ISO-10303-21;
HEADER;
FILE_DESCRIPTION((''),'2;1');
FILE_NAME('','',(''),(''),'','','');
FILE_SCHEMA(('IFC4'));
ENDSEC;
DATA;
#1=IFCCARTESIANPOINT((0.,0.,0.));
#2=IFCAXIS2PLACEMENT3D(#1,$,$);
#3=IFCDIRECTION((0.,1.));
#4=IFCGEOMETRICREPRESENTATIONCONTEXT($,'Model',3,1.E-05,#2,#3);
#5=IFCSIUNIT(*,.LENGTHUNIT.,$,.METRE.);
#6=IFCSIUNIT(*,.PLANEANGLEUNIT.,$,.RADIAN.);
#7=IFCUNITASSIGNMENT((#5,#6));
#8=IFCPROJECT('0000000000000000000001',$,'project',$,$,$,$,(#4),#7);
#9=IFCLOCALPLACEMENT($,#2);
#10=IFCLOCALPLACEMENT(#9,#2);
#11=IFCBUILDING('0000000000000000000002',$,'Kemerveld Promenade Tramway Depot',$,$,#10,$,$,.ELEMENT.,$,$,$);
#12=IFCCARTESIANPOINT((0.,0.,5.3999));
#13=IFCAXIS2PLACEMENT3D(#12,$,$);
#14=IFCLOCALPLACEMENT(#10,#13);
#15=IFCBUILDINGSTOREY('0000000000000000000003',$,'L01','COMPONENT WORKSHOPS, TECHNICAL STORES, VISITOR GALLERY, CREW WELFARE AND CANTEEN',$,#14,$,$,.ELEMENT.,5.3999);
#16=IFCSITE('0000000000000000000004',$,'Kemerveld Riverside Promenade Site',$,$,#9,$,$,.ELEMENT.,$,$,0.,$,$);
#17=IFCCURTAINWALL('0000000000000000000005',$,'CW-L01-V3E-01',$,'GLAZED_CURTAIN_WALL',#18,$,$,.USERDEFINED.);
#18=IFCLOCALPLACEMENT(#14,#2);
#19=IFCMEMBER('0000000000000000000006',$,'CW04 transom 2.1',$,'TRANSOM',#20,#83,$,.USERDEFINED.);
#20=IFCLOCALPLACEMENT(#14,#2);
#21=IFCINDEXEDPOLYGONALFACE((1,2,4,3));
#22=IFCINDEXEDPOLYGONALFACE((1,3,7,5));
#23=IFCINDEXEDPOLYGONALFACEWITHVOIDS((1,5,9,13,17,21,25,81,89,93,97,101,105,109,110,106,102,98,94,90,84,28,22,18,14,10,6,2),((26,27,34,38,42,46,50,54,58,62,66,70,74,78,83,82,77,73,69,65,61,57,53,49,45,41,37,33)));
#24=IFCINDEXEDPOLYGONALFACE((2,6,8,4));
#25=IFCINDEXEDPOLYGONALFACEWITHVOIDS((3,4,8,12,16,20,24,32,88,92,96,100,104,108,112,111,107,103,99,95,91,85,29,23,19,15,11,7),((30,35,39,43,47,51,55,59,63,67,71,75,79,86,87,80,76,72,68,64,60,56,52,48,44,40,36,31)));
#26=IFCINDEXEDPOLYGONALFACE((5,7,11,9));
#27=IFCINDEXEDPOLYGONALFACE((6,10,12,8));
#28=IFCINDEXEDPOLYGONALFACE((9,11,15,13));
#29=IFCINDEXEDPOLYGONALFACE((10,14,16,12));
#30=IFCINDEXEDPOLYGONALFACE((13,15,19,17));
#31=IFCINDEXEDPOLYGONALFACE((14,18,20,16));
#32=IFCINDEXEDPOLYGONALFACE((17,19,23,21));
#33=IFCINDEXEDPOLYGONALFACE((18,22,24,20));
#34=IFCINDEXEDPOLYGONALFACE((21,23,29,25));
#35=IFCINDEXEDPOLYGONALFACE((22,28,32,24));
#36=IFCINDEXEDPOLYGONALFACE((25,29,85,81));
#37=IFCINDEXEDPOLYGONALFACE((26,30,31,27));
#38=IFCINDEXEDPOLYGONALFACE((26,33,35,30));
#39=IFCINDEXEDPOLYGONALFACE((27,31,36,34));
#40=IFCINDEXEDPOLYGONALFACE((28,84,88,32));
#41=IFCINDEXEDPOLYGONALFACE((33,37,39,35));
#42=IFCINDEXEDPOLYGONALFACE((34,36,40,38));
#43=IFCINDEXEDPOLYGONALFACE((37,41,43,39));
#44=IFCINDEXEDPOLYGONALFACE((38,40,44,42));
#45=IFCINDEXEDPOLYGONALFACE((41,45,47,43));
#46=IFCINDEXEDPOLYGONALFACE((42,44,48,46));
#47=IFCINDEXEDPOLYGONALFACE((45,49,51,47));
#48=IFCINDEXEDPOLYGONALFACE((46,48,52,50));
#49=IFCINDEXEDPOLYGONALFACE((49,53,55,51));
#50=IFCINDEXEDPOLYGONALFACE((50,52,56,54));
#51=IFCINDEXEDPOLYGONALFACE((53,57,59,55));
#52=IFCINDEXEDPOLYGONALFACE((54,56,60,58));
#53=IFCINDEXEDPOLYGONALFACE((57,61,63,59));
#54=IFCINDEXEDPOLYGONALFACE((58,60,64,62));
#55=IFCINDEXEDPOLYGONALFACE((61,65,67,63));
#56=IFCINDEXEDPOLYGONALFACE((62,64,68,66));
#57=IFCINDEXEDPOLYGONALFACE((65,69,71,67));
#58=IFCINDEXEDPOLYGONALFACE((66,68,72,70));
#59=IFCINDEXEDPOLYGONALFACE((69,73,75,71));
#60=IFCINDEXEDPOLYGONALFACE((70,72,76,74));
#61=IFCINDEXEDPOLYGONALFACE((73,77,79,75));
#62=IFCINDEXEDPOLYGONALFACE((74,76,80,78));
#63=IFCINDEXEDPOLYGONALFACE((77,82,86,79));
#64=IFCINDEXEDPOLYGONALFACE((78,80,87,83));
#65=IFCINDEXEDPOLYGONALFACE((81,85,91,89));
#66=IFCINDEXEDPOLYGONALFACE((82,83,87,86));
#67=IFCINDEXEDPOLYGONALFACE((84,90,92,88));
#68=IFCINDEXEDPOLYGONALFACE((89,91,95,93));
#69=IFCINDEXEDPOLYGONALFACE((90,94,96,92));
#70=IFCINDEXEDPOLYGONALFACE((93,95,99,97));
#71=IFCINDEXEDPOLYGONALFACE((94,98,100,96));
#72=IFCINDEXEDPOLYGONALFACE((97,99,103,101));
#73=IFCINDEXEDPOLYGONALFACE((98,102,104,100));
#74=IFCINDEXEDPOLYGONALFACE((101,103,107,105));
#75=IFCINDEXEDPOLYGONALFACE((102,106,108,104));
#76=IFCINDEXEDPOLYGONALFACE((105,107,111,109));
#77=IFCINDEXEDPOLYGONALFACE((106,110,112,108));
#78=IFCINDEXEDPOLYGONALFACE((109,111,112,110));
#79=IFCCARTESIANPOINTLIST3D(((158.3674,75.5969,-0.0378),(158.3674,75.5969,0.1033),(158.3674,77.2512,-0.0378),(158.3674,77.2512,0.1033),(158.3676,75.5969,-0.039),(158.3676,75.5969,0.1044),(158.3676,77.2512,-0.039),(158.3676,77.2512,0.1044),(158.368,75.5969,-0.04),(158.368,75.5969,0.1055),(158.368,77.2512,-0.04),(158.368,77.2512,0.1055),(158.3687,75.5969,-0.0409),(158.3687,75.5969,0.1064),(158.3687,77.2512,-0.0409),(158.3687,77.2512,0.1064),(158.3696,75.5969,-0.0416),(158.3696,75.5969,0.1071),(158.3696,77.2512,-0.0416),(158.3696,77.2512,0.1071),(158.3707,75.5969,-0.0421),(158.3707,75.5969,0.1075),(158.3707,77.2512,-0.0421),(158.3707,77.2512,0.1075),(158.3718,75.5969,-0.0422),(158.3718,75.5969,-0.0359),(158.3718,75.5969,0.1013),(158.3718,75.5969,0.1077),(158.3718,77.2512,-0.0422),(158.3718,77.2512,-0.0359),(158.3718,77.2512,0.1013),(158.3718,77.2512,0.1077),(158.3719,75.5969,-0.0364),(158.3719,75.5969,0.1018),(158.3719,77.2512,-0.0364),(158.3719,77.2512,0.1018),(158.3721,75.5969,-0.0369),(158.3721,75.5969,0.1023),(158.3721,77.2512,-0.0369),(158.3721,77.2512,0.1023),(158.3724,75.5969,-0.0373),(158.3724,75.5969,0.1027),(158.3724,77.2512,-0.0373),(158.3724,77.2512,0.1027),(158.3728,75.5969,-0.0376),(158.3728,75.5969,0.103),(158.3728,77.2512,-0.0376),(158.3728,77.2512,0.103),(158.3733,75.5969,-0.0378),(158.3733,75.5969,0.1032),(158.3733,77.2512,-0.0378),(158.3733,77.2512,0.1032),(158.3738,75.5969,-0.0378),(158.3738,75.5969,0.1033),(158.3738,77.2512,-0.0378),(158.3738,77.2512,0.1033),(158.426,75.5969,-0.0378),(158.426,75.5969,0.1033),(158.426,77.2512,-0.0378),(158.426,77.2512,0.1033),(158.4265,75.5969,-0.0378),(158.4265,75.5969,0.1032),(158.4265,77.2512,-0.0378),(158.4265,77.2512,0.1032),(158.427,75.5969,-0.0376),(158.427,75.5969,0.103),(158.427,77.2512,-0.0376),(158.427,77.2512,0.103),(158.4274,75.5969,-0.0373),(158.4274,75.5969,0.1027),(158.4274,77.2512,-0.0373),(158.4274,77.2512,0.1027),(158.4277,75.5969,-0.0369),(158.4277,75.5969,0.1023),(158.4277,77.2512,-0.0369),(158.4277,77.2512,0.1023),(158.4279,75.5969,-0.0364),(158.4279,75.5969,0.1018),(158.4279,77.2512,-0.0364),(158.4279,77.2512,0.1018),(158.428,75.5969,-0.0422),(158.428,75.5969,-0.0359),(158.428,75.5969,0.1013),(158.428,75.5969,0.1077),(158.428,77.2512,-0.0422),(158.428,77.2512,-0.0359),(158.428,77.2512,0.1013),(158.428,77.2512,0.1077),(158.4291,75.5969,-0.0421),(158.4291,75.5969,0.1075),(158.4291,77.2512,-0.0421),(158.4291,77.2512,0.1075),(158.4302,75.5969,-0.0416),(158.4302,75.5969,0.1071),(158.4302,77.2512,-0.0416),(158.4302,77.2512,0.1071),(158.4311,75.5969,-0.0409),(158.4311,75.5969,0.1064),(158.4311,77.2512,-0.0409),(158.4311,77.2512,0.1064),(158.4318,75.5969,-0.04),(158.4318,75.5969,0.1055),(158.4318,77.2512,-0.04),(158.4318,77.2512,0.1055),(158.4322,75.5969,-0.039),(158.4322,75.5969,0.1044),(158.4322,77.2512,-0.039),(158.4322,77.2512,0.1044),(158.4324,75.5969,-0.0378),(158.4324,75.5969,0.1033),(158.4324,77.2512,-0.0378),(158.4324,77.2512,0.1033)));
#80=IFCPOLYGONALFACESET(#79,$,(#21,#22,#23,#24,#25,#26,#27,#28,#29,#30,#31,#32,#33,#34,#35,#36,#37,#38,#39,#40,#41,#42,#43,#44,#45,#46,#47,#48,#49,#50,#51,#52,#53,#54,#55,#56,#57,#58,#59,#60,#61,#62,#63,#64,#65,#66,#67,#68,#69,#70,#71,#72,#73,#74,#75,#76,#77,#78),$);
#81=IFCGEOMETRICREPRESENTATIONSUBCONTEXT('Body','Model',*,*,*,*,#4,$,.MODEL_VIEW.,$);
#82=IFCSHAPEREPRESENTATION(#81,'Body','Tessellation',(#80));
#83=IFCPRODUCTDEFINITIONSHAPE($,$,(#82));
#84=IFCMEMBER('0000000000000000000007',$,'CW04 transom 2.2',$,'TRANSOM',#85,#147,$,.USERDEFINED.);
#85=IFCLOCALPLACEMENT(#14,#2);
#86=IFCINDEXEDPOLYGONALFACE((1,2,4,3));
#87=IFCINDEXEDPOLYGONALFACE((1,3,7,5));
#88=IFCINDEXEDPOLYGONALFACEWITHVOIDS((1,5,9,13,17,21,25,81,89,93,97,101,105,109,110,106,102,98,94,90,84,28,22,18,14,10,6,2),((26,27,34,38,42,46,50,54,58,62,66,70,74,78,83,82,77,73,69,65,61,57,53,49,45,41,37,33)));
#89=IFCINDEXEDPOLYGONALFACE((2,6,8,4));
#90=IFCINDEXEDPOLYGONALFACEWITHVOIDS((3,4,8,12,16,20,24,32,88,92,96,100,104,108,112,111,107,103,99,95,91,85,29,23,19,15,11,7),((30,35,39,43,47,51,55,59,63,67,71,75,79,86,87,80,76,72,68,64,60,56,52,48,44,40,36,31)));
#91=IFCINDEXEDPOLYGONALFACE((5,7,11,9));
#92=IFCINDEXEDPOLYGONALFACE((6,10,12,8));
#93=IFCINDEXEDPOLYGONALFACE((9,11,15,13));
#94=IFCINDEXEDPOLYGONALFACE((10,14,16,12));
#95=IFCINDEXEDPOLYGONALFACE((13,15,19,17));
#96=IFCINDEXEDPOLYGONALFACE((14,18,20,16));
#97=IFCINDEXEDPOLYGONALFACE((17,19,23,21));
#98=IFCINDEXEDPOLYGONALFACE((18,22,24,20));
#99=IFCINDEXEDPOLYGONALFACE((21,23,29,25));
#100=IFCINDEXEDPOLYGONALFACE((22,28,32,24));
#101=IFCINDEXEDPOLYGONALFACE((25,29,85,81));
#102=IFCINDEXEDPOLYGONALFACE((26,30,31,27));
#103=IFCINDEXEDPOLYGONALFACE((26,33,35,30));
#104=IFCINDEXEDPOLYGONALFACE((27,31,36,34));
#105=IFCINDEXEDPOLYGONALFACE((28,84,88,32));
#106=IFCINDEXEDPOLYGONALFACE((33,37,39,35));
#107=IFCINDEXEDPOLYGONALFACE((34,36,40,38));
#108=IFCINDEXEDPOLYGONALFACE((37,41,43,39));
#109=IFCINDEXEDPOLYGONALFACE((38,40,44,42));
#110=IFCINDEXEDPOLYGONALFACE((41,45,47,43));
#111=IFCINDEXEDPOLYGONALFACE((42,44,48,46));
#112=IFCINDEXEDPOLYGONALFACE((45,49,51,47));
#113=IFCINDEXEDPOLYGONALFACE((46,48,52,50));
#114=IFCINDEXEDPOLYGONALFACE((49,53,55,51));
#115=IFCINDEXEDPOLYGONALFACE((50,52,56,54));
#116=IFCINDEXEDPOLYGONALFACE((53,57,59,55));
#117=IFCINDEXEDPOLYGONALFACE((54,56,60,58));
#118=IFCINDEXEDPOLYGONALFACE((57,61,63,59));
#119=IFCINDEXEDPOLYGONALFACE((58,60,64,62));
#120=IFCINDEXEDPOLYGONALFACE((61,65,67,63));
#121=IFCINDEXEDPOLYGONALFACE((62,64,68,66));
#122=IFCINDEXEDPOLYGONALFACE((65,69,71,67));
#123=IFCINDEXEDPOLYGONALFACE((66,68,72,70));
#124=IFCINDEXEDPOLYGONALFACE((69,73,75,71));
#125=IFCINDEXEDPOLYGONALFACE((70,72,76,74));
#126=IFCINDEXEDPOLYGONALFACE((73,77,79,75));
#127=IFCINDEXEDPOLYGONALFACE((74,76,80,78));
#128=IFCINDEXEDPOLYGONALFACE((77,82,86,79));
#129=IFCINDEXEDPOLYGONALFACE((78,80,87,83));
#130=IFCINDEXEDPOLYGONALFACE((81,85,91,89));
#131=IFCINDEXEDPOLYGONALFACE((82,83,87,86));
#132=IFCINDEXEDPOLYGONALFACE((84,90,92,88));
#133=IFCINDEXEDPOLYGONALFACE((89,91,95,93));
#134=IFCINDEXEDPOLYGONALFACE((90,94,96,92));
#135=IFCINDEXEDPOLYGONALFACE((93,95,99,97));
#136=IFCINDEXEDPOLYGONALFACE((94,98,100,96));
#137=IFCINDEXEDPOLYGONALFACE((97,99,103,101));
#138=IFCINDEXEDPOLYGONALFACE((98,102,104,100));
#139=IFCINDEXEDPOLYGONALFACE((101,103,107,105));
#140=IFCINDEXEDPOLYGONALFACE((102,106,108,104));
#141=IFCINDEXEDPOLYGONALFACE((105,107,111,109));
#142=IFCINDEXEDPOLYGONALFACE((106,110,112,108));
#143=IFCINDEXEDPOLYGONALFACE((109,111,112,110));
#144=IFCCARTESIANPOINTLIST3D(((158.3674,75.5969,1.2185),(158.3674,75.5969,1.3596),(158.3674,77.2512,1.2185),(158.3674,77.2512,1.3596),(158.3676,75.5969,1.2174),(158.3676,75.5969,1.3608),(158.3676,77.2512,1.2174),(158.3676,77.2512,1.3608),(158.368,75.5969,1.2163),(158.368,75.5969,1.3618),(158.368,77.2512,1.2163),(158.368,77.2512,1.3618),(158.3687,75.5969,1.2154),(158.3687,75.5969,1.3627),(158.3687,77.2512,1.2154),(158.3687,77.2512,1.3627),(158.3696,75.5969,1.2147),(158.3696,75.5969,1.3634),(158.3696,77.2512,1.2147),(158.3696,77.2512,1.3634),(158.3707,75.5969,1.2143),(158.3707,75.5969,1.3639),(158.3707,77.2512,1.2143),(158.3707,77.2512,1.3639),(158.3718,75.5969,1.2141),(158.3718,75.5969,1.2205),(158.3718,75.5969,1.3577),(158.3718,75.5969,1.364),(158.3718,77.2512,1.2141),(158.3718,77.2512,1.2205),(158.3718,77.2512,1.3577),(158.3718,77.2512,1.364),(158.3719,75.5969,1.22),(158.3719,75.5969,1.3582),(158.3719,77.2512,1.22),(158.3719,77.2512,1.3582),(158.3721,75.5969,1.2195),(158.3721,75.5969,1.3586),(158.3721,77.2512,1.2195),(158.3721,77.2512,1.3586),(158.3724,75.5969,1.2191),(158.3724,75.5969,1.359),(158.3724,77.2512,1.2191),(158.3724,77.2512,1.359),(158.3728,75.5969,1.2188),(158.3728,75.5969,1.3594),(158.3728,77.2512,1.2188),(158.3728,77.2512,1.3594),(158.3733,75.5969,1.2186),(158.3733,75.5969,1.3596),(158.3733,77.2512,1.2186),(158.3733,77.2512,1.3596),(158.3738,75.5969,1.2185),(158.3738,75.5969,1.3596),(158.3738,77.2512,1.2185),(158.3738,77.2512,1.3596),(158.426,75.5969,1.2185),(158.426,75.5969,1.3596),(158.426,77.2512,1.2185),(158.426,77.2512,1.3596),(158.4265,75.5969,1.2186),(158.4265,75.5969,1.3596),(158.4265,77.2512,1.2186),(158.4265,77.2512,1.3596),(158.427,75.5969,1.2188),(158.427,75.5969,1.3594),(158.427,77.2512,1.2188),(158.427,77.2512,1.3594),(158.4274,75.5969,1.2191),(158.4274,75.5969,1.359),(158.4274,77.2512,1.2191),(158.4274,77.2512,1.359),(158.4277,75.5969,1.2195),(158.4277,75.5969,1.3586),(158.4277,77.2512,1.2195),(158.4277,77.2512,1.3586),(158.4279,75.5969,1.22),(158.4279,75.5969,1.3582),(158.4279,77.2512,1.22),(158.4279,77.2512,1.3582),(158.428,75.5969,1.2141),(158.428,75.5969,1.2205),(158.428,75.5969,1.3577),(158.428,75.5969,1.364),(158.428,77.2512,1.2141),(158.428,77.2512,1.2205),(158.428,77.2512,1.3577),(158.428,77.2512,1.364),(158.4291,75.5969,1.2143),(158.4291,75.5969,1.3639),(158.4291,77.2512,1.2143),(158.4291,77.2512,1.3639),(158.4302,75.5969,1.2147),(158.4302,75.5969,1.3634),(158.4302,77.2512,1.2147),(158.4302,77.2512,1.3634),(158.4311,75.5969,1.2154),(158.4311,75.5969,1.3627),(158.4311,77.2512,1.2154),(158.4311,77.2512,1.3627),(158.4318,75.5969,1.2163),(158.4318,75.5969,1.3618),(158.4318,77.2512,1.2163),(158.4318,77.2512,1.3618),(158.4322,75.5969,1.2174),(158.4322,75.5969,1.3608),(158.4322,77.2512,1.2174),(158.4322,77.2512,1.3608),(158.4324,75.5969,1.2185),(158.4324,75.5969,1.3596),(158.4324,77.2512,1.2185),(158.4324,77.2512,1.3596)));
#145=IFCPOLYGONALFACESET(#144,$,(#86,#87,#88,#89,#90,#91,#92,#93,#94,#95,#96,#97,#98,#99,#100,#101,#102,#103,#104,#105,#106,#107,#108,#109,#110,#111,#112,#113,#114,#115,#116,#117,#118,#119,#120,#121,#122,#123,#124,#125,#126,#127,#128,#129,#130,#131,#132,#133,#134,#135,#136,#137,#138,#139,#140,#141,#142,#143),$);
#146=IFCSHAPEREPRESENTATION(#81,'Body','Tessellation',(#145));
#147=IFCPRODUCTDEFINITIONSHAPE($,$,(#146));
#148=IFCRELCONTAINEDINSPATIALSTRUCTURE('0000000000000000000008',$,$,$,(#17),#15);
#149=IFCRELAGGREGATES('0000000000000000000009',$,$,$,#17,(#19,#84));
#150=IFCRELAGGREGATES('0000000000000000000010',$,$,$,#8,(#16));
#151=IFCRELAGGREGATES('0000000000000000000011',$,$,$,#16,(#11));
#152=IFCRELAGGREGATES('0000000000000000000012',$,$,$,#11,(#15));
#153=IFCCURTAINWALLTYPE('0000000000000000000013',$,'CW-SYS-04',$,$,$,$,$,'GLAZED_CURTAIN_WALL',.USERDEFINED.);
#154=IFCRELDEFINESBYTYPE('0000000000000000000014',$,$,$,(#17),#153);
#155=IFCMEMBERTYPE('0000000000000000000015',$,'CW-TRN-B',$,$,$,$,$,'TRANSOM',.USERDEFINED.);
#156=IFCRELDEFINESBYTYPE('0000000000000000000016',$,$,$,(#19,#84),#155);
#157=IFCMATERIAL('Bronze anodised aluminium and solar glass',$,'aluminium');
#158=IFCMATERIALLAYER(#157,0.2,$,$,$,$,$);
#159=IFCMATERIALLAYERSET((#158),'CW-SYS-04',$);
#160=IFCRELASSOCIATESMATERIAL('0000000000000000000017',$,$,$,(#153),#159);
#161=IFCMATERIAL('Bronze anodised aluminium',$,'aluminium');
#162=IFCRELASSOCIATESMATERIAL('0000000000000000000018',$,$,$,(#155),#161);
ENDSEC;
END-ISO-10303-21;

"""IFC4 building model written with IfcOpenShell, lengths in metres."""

from ifc_helpers import new_model, si_unit, direction, frame, origin, origin_2d, place, context, subcontext, project, spatial, hollow_rectangle, extrude, material, layer, layer_set, material_profile, profile_set, type_object, element, aggregate, save


model = new_model("IFC4")

# Units and contexts
model_context = context("Model", 3, precision=1e-05, world=origin(), true_north=direction((0.0, 1.0)))
body_context = subcontext(model_context, "Body", "Model", "MODEL_VIEW")
ifc_project = project(units=[si_unit("LENGTHUNIT", "METRE"), si_unit("PLANEANGLEUNIT", "RADIAN")], contexts=[model_context])

# Site, building, storey
site_placement = place(None, origin())
site = spatial("IfcSite", under=ifc_project, at=site_placement, Name="Kemerveld Riverside Promenade Site", CompositionType="ELEMENT", RefElevation=0.0)
building_placement = place(site_placement, origin())
building = spatial("IfcBuilding", under=site, at=building_placement, Name="Kemerveld Promenade Tramway Depot", CompositionType="ELEMENT")
storey_placement = place(building_placement, frame((0.0, 0.0, 5.3999)))
storey = spatial("IfcBuildingStorey", under=building, at=storey_placement, Name="L01", Description="COMPONENT WORKSHOPS, TECHNICAL STORES, VISITOR GALLERY, CREW WELFARE AND CANTEEN", CompositionType="ELEMENT", Elevation=5.3999)

# Curtain wall, members
ifc_material_1 = material(Name="Bronze anodised aluminium and solar glass", Category="aluminium")
ifc_layer_1 = layer(ifc_material_1, 0.2)
ifc_layer_set_1 = layer_set([ifc_layer_1], Name="CW-SYS-04")
curtain_wall_type = type_object("IfcCurtainWallType", Name="CW-SYS-04", ElementType="GLAZED_CURTAIN_WALL", PredefinedType="USERDEFINED", material=ifc_layer_set_1)
curtain_wall_placement = place(storey_placement, origin())
curtain_wall = element("IfcCurtainWall", 1, at=curtain_wall_placement, inside=storey, type_object=curtain_wall_type, Name="CW-L01-V3E-01", ObjectType="GLAZED_CURTAIN_WALL", PredefinedType="USERDEFINED")
ifc_material_2 = material(Name="Bronze anodised aluminium", Category="aluminium")
ifc_material_profile_1 = material_profile(ifc_material_2, hollow_rectangle(XDim=0.0649, YDim=0.1499, WallThickness=0.0044, InnerFilletRadius=0.002, OuterFilletRadius=0.0044, at=origin_2d()), Name="CW-TRN-150x65")
ifc_profile_set_1 = profile_set([ifc_material_profile_1], Name="Bronze anodised aluminium")
member_type_1 = type_object("IfcMemberType", Name="CW-TRN-B", ElementType="TRANSOM", PredefinedType="USERDEFINED", material=ifc_profile_set_1)
member_1_placement = place(storey_placement, frame((158.3999, 77.2512, 0.0327), z_axis=(0.0, -1.0, 0.0), x_axis=(1.0, 0.0, 0.0)))
member_1 = element("IfcMember", 2, at=member_1_placement, type_object=member_type_1, Name="CW04 transom 2.1", ObjectType="TRANSOM", PredefinedType="USERDEFINED", context=body_context, shape_type="SweptSolid", body=[
    extrude(hollow_rectangle(XDim=0.0649, YDim=0.1499, WallThickness=0.0044, InnerFilletRadius=0.002, OuterFilletRadius=0.0044, at=origin_2d()), origin(), (0.0, 0.0, 1.0), 1.6543),
])
member_2_placement = place(storey_placement, frame((158.3999, 77.2512, 1.2891), z_axis=(0.0, -1.0, 0.0), x_axis=(1.0, 0.0, 0.0)))
member_2 = element("IfcMember", 3, at=member_2_placement, type_object=member_type_1, Name="CW04 transom 2.2", ObjectType="TRANSOM", PredefinedType="USERDEFINED", context=body_context, shape_type="SweptSolid", body=[
    extrude(hollow_rectangle(XDim=0.0649, YDim=0.1499, WallThickness=0.0044, InnerFilletRadius=0.002, OuterFilletRadius=0.0044, at=origin_2d()), origin(), (0.0, 0.0, 1.0), 1.6543),
])
aggregate(curtain_wall, [member_1, member_2])

save(model, "model.ifc")
